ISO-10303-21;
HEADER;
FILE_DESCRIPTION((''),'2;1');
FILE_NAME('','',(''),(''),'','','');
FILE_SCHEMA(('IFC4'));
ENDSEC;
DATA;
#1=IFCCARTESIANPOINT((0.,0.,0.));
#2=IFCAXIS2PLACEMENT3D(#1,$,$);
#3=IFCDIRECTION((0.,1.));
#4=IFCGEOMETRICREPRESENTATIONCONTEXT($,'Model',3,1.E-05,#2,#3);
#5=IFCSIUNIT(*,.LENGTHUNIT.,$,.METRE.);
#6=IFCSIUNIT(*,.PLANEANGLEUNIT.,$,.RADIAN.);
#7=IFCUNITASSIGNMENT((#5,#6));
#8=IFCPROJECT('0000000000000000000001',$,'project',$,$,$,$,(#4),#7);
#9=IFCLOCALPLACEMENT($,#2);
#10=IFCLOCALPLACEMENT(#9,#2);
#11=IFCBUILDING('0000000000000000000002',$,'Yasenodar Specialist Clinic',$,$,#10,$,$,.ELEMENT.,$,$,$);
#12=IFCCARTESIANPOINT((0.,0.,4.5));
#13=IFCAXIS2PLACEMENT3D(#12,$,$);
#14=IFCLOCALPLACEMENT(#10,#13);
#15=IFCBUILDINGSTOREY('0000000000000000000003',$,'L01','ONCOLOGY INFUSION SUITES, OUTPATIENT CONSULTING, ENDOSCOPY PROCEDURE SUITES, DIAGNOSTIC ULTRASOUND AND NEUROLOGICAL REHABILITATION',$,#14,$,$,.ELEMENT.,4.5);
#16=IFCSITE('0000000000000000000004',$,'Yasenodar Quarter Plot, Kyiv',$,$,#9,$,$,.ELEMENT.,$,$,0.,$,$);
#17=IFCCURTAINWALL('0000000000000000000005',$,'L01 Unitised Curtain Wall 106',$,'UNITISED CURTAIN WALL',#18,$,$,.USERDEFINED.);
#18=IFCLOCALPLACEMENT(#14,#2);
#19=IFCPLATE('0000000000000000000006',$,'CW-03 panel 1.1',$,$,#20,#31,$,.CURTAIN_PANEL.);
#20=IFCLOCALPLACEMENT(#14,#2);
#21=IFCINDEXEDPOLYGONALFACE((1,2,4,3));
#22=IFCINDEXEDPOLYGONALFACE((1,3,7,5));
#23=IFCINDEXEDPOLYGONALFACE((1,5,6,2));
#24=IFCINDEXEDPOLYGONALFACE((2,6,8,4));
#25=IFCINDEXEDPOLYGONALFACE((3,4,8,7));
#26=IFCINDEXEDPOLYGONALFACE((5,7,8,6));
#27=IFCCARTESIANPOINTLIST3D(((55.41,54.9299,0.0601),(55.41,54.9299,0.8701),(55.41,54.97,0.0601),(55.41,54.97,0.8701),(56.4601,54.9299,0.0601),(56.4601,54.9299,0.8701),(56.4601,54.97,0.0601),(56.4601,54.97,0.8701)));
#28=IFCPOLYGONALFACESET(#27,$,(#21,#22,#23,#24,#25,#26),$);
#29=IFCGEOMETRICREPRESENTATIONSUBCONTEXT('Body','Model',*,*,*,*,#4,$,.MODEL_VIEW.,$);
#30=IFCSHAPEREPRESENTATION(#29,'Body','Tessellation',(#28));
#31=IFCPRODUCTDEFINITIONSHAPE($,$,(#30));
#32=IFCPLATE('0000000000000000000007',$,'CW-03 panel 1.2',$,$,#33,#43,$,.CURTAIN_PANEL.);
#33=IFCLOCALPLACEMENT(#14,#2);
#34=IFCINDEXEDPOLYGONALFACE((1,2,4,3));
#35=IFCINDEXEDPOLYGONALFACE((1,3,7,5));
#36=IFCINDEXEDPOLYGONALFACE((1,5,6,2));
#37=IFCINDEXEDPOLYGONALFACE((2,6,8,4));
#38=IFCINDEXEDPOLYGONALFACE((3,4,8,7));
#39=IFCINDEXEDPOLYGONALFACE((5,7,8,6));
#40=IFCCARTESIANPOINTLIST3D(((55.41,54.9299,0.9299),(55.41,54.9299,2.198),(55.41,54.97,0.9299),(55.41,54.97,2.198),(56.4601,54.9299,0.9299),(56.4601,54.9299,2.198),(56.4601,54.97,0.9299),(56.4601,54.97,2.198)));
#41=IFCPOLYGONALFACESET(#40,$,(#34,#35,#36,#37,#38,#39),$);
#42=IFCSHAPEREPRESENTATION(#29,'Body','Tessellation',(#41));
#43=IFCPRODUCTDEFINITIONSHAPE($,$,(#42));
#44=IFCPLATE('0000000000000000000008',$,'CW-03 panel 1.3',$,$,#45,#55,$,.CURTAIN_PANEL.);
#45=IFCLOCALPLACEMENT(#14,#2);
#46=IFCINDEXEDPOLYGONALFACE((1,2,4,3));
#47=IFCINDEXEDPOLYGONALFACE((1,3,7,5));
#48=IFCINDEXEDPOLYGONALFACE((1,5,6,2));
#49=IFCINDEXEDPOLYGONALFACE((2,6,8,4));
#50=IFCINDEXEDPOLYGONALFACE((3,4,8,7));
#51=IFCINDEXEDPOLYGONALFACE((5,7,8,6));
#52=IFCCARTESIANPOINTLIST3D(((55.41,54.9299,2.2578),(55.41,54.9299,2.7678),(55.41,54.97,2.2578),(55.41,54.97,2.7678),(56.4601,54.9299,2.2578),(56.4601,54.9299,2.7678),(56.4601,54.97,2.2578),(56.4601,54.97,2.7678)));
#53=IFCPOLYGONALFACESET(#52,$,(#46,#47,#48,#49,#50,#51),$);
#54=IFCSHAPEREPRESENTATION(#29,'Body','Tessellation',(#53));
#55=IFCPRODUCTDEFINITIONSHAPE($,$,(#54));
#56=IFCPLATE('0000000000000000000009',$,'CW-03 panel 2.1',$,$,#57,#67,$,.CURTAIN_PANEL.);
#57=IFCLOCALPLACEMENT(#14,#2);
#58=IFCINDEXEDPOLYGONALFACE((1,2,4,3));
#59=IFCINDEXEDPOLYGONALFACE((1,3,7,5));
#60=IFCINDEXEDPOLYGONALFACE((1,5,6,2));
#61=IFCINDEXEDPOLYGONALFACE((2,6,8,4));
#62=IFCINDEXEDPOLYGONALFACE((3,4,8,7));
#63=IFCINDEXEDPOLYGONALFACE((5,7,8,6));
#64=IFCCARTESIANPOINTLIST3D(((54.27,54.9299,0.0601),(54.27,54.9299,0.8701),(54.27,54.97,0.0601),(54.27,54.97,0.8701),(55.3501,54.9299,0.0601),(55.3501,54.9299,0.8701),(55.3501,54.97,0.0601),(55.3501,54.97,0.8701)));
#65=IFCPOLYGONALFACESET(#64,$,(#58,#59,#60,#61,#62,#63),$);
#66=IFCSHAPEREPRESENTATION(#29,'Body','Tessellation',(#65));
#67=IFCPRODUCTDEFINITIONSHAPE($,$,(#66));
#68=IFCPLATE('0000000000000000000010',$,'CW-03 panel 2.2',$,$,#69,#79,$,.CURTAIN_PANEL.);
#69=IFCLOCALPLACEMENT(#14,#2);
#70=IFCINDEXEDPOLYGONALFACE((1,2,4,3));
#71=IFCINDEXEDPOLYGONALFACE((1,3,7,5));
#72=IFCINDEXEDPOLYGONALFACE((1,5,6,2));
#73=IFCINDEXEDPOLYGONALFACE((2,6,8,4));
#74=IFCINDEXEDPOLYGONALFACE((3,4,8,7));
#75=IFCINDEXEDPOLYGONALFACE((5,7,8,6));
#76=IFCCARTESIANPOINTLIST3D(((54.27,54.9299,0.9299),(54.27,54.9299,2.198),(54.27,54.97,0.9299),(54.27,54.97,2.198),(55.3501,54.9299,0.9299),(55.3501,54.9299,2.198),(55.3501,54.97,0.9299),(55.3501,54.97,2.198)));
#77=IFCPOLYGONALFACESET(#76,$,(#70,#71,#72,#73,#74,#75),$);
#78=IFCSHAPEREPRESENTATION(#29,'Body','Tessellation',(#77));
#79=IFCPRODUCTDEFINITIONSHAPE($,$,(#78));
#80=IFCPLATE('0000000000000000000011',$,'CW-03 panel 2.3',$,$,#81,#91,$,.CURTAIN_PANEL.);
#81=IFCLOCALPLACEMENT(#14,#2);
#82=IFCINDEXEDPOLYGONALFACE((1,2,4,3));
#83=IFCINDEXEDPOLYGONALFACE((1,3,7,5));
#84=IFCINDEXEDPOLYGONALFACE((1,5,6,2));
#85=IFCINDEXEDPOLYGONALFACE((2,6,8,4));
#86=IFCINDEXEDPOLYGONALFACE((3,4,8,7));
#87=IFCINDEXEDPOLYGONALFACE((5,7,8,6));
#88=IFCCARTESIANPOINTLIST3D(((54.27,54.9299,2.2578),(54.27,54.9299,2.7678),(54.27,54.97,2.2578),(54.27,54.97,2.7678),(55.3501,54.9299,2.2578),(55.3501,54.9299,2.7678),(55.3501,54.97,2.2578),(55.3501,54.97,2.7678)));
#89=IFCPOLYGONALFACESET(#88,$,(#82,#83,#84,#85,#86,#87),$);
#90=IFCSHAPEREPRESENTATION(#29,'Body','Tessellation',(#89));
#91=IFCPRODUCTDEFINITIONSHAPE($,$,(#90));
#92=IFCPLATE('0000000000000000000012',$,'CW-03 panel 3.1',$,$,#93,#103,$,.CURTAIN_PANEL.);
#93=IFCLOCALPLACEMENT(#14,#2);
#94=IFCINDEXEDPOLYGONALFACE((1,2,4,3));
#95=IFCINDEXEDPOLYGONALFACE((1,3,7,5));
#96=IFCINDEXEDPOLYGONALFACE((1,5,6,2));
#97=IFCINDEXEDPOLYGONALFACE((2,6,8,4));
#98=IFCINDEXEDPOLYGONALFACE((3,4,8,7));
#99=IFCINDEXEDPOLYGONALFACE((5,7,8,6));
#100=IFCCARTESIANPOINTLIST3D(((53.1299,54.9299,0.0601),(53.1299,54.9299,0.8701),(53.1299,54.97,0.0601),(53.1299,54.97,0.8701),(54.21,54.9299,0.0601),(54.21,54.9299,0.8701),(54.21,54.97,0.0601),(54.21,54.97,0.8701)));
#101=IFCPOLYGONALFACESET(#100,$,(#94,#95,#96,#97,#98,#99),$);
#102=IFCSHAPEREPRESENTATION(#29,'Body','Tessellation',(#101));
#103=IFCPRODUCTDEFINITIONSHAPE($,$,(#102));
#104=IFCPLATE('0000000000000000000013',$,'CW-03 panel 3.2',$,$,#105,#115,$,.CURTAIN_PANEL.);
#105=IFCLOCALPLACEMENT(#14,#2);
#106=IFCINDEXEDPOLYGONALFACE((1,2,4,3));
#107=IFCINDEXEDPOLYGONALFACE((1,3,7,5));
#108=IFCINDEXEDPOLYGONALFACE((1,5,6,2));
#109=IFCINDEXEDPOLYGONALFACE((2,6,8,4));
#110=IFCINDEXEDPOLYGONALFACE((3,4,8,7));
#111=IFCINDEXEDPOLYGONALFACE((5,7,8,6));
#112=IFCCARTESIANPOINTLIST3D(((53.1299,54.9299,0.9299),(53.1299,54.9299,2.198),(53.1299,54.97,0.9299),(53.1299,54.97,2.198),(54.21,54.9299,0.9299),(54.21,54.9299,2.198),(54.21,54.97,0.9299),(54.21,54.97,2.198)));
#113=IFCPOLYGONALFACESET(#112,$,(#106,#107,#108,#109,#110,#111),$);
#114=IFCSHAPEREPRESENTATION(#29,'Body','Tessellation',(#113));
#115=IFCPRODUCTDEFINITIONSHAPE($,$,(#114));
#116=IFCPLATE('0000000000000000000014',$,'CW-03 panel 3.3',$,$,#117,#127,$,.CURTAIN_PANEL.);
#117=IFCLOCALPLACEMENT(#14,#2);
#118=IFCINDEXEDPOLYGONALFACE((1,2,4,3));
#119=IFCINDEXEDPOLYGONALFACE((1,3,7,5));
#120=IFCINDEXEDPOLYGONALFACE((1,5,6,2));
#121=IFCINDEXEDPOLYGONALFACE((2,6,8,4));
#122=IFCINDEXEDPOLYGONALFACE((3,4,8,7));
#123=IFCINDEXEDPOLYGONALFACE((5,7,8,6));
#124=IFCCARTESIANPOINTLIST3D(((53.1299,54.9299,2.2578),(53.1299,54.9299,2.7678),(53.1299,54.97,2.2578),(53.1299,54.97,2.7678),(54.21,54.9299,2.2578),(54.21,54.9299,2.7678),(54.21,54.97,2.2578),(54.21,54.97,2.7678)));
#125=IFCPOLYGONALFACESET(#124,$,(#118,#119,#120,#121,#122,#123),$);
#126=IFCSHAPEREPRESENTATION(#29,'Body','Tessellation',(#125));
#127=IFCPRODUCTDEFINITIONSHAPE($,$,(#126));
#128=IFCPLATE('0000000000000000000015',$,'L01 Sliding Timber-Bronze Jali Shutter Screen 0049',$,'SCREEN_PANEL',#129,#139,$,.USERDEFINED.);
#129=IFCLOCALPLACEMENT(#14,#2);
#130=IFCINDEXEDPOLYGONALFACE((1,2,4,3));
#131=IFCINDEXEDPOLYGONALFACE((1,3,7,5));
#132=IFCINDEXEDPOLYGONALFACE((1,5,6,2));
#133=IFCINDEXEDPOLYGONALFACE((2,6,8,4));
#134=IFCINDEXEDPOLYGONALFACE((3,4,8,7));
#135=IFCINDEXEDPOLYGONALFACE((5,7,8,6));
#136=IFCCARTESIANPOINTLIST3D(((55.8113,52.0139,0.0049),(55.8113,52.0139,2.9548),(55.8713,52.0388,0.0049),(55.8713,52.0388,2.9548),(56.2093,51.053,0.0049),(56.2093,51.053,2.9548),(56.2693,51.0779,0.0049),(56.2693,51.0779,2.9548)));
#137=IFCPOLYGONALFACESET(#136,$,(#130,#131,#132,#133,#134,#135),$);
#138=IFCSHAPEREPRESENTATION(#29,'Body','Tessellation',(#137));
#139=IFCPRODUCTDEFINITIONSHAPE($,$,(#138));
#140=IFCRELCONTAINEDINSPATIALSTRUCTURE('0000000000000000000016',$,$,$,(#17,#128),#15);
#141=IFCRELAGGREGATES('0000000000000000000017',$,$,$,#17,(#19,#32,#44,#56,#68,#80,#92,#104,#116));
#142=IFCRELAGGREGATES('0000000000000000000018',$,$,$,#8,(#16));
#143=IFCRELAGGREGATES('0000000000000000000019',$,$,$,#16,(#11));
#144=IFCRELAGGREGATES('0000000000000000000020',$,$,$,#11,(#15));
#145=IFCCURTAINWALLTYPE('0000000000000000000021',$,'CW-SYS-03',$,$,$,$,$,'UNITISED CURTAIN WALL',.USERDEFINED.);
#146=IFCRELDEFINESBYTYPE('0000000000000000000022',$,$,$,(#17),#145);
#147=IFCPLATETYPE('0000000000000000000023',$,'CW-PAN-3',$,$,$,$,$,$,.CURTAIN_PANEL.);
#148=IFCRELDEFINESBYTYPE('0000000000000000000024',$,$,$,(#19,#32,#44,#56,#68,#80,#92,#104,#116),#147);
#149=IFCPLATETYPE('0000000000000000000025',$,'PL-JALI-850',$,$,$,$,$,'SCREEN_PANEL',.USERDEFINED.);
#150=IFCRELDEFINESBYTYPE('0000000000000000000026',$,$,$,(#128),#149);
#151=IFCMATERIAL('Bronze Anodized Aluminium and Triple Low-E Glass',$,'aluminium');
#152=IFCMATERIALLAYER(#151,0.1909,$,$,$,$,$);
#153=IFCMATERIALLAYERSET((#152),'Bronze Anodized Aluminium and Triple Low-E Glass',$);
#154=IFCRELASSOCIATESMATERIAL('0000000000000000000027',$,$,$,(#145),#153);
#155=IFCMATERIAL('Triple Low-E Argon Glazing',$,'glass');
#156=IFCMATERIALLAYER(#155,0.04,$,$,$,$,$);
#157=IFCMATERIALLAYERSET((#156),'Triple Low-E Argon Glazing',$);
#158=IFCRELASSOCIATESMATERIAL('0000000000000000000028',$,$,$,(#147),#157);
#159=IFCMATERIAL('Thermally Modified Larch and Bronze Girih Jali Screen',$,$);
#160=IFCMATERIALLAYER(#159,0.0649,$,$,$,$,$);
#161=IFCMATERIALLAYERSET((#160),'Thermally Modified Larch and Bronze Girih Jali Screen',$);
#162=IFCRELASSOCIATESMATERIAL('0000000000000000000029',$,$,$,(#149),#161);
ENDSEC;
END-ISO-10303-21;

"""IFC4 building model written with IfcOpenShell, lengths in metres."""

from ifc_helpers import new_model, si_unit, direction, frame, origin, origin_2d, place, context, subcontext, project, spatial, rectangle, extrude, material, layer, layer_set, type_object, element, aggregate, save


model = new_model("IFC4")

# Units and contexts
model_context = context("Model", 3, precision=1e-05, world=origin(), true_north=direction((0.0, 1.0)))
body_context = subcontext(model_context, "Body", "Model", "MODEL_VIEW")
ifc_project = project(units=[si_unit("LENGTHUNIT", "METRE"), si_unit("PLANEANGLEUNIT", "RADIAN")], contexts=[model_context])

# Site, building, storey
site_placement = place(None, origin())
site = spatial("IfcSite", under=ifc_project, at=site_placement, Name="Yasenodar Quarter Plot, Kyiv", CompositionType="ELEMENT", RefElevation=0.0)
building_placement = place(site_placement, origin())
building = spatial("IfcBuilding", under=site, at=building_placement, Name="Yasenodar Specialist Clinic", CompositionType="ELEMENT")
storey_placement = place(building_placement, frame((0.0, 0.0, 4.5)))
storey = spatial("IfcBuildingStorey", under=building, at=storey_placement, Name="L01", Description="ONCOLOGY INFUSION SUITES, OUTPATIENT CONSULTING, ENDOSCOPY PROCEDURE SUITES, DIAGNOSTIC ULTRASOUND AND NEUROLOGICAL REHABILITATION", CompositionType="ELEMENT", Elevation=4.5)

# Curtain wall, plates
ifc_material_1 = material(Name="Bronze Anodized Aluminium and Triple Low-E Glass", Category="aluminium")
ifc_layer_1 = layer(ifc_material_1, 0.1909)
ifc_layer_set_1 = layer_set([ifc_layer_1], Name="Bronze Anodized Aluminium and Triple Low-E Glass")
curtain_wall_type = type_object("IfcCurtainWallType", Name="CW-SYS-03", ElementType="UNITISED CURTAIN WALL", PredefinedType="USERDEFINED", material=ifc_layer_set_1)
curtain_wall_placement = place(storey_placement, origin())
curtain_wall = element("IfcCurtainWall", 1, at=curtain_wall_placement, inside=storey, type_object=curtain_wall_type, Name="L01 Unitised Curtain Wall 106", ObjectType="UNITISED CURTAIN WALL", PredefinedType="USERDEFINED")
ifc_material_2 = material(Name="Triple Low-E Argon Glazing", Category="glass")
ifc_layer_2 = layer(ifc_material_2, 0.04)
ifc_layer_set_2 = layer_set([ifc_layer_2], Name="Triple Low-E Argon Glazing")
plate_type_1 = type_object("IfcPlateType", Name="CW-PAN-3", PredefinedType="CURTAIN_PANEL", material=ifc_layer_set_2)
plate_1_placement = place(storey_placement, frame((55.9351, 54.95, 0.0601), z_axis=(0.0, 0.0, 1.0), x_axis=(-1.0, 0.0, 0.0)))
plate_1 = element("IfcPlate", 2, at=plate_1_placement, type_object=plate_type_1, Name="CW-03 panel 1.1", PredefinedType="CURTAIN_PANEL", context=body_context, shape_type="SweptSolid", body=[
    extrude(rectangle(XDim=1.05, YDim=0.04, at=origin_2d()), origin(), (0.0, 0.0, 1.0), 0.8101),
])
plate_2_placement = place(storey_placement, frame((55.9351, 54.95, 0.9299), z_axis=(0.0, 0.0, 1.0), x_axis=(-1.0, 0.0, 0.0)))
plate_2 = element("IfcPlate", 3, at=plate_2_placement, type_object=plate_type_1, Name="CW-03 panel 1.2", PredefinedType="CURTAIN_PANEL", context=body_context, shape_type="SweptSolid", body=[
    extrude(rectangle(XDim=1.05, YDim=0.04, at=origin_2d()), origin(), (0.0, 0.0, 1.0), 1.2681),
])
plate_3_placement = place(storey_placement, frame((55.9351, 54.95, 2.2578), z_axis=(0.0, 0.0, 1.0), x_axis=(-1.0, 0.0, 0.0)))
plate_3 = element("IfcPlate", 4, at=plate_3_placement, type_object=plate_type_1, Name="CW-03 panel 1.3", PredefinedType="CURTAIN_PANEL", context=body_context, shape_type="SweptSolid", body=[
    extrude(rectangle(XDim=1.05, YDim=0.04, at=origin_2d()), origin(), (0.0, 0.0, 1.0), 0.51),
])
plate_4_placement = place(storey_placement, frame((54.8101, 54.95, 0.0601), z_axis=(0.0, 0.0, 1.0), x_axis=(-1.0, 0.0, 0.0)))
plate_4 = element("IfcPlate", 5, at=plate_4_placement, type_object=plate_type_1, Name="CW-03 panel 2.1", PredefinedType="CURTAIN_PANEL", context=body_context, shape_type="SweptSolid", body=[
    extrude(rectangle(XDim=1.0801, YDim=0.04, at=origin_2d()), origin(), (0.0, 0.0, 1.0), 0.8101),
])
plate_5_placement = place(storey_placement, frame((54.8101, 54.95, 0.9299), z_axis=(0.0, 0.0, 1.0), x_axis=(-1.0, 0.0, 0.0)))
plate_5 = element("IfcPlate", 6, at=plate_5_placement, type_object=plate_type_1, Name="CW-03 panel 2.2", PredefinedType="CURTAIN_PANEL", context=body_context, shape_type="SweptSolid", body=[
    extrude(rectangle(XDim=1.0801, YDim=0.04, at=origin_2d()), origin(), (0.0, 0.0, 1.0), 1.2681),
])
plate_6_placement = place(storey_placement, frame((54.8101, 54.95, 2.2578), z_axis=(0.0, 0.0, 1.0), x_axis=(-1.0, 0.0, 0.0)))
plate_6 = element("IfcPlate", 7, at=plate_6_placement, type_object=plate_type_1, Name="CW-03 panel 2.3", PredefinedType="CURTAIN_PANEL", context=body_context, shape_type="SweptSolid", body=[
    extrude(rectangle(XDim=1.0801, YDim=0.04, at=origin_2d()), origin(), (0.0, 0.0, 1.0), 0.51),
])
plate_7_placement = place(storey_placement, frame((53.6699, 54.95, 0.0601), z_axis=(0.0, 0.0, 1.0), x_axis=(-1.0, 0.0, 0.0)))
plate_7 = element("IfcPlate", 8, at=plate_7_placement, type_object=plate_type_1, Name="CW-03 panel 3.1", PredefinedType="CURTAIN_PANEL", context=body_context, shape_type="SweptSolid", body=[
    extrude(rectangle(XDim=1.0801, YDim=0.04, at=origin_2d()), origin(), (0.0, 0.0, 1.0), 0.8101),
])
plate_8_placement = place(storey_placement, frame((53.6699, 54.95, 0.9299), z_axis=(0.0, 0.0, 1.0), x_axis=(-1.0, 0.0, 0.0)))
plate_8 = element("IfcPlate", 9, at=plate_8_placement, type_object=plate_type_1, Name="CW-03 panel 3.2", PredefinedType="CURTAIN_PANEL", context=body_context, shape_type="SweptSolid", body=[
    extrude(rectangle(XDim=1.0801, YDim=0.04, at=origin_2d()), origin(), (0.0, 0.0, 1.0), 1.2681),
])
plate_9_placement = place(storey_placement, frame((53.6699, 54.95, 2.2578), z_axis=(0.0, 0.0, 1.0), x_axis=(-1.0, 0.0, 0.0)))
plate_9 = element("IfcPlate", 10, at=plate_9_placement, type_object=plate_type_1, Name="CW-03 panel 3.3", PredefinedType="CURTAIN_PANEL", context=body_context, shape_type="SweptSolid", body=[
    extrude(rectangle(XDim=1.0801, YDim=0.04, at=origin_2d()), origin(), (0.0, 0.0, 1.0), 0.51),
])
aggregate(curtain_wall, [plate_1, plate_2, plate_3, plate_4, plate_5, plate_6, plate_7, plate_8, plate_9])

# Plate
ifc_material_3 = material(Name="Thermally Modified Larch and Bronze Girih Jali Screen")
ifc_layer_3 = layer(ifc_material_3, 0.0649)
ifc_layer_set_3 = layer_set([ifc_layer_3], Name="Thermally Modified Larch and Bronze Girih Jali Screen")
plate_type_2 = type_object("IfcPlateType", Name="PL-JALI-850", ElementType="SCREEN_PANEL", PredefinedType="USERDEFINED", material=ifc_layer_set_3)
plate_10_placement = place(storey_placement, frame((56.0403, 51.5459, 0.0049), z_axis=(0.0, 0.0, 1.0), x_axis=(0.382687, -0.923878, 0.0)))
element("IfcPlate", 11, at=plate_10_placement, inside=storey, type_object=plate_type_2, Name="L01 Sliding Timber-Bronze Jali Shutter Screen 0049", ObjectType="SCREEN_PANEL", PredefinedType="USERDEFINED", context=body_context, shape_type="SweptSolid", body=[
    extrude(rectangle(XDim=1.04, YDim=0.0649, at=origin_2d()), origin(), (0.0, 0.0, 1.0), 2.95),
])

save(model, "model.ifc")
